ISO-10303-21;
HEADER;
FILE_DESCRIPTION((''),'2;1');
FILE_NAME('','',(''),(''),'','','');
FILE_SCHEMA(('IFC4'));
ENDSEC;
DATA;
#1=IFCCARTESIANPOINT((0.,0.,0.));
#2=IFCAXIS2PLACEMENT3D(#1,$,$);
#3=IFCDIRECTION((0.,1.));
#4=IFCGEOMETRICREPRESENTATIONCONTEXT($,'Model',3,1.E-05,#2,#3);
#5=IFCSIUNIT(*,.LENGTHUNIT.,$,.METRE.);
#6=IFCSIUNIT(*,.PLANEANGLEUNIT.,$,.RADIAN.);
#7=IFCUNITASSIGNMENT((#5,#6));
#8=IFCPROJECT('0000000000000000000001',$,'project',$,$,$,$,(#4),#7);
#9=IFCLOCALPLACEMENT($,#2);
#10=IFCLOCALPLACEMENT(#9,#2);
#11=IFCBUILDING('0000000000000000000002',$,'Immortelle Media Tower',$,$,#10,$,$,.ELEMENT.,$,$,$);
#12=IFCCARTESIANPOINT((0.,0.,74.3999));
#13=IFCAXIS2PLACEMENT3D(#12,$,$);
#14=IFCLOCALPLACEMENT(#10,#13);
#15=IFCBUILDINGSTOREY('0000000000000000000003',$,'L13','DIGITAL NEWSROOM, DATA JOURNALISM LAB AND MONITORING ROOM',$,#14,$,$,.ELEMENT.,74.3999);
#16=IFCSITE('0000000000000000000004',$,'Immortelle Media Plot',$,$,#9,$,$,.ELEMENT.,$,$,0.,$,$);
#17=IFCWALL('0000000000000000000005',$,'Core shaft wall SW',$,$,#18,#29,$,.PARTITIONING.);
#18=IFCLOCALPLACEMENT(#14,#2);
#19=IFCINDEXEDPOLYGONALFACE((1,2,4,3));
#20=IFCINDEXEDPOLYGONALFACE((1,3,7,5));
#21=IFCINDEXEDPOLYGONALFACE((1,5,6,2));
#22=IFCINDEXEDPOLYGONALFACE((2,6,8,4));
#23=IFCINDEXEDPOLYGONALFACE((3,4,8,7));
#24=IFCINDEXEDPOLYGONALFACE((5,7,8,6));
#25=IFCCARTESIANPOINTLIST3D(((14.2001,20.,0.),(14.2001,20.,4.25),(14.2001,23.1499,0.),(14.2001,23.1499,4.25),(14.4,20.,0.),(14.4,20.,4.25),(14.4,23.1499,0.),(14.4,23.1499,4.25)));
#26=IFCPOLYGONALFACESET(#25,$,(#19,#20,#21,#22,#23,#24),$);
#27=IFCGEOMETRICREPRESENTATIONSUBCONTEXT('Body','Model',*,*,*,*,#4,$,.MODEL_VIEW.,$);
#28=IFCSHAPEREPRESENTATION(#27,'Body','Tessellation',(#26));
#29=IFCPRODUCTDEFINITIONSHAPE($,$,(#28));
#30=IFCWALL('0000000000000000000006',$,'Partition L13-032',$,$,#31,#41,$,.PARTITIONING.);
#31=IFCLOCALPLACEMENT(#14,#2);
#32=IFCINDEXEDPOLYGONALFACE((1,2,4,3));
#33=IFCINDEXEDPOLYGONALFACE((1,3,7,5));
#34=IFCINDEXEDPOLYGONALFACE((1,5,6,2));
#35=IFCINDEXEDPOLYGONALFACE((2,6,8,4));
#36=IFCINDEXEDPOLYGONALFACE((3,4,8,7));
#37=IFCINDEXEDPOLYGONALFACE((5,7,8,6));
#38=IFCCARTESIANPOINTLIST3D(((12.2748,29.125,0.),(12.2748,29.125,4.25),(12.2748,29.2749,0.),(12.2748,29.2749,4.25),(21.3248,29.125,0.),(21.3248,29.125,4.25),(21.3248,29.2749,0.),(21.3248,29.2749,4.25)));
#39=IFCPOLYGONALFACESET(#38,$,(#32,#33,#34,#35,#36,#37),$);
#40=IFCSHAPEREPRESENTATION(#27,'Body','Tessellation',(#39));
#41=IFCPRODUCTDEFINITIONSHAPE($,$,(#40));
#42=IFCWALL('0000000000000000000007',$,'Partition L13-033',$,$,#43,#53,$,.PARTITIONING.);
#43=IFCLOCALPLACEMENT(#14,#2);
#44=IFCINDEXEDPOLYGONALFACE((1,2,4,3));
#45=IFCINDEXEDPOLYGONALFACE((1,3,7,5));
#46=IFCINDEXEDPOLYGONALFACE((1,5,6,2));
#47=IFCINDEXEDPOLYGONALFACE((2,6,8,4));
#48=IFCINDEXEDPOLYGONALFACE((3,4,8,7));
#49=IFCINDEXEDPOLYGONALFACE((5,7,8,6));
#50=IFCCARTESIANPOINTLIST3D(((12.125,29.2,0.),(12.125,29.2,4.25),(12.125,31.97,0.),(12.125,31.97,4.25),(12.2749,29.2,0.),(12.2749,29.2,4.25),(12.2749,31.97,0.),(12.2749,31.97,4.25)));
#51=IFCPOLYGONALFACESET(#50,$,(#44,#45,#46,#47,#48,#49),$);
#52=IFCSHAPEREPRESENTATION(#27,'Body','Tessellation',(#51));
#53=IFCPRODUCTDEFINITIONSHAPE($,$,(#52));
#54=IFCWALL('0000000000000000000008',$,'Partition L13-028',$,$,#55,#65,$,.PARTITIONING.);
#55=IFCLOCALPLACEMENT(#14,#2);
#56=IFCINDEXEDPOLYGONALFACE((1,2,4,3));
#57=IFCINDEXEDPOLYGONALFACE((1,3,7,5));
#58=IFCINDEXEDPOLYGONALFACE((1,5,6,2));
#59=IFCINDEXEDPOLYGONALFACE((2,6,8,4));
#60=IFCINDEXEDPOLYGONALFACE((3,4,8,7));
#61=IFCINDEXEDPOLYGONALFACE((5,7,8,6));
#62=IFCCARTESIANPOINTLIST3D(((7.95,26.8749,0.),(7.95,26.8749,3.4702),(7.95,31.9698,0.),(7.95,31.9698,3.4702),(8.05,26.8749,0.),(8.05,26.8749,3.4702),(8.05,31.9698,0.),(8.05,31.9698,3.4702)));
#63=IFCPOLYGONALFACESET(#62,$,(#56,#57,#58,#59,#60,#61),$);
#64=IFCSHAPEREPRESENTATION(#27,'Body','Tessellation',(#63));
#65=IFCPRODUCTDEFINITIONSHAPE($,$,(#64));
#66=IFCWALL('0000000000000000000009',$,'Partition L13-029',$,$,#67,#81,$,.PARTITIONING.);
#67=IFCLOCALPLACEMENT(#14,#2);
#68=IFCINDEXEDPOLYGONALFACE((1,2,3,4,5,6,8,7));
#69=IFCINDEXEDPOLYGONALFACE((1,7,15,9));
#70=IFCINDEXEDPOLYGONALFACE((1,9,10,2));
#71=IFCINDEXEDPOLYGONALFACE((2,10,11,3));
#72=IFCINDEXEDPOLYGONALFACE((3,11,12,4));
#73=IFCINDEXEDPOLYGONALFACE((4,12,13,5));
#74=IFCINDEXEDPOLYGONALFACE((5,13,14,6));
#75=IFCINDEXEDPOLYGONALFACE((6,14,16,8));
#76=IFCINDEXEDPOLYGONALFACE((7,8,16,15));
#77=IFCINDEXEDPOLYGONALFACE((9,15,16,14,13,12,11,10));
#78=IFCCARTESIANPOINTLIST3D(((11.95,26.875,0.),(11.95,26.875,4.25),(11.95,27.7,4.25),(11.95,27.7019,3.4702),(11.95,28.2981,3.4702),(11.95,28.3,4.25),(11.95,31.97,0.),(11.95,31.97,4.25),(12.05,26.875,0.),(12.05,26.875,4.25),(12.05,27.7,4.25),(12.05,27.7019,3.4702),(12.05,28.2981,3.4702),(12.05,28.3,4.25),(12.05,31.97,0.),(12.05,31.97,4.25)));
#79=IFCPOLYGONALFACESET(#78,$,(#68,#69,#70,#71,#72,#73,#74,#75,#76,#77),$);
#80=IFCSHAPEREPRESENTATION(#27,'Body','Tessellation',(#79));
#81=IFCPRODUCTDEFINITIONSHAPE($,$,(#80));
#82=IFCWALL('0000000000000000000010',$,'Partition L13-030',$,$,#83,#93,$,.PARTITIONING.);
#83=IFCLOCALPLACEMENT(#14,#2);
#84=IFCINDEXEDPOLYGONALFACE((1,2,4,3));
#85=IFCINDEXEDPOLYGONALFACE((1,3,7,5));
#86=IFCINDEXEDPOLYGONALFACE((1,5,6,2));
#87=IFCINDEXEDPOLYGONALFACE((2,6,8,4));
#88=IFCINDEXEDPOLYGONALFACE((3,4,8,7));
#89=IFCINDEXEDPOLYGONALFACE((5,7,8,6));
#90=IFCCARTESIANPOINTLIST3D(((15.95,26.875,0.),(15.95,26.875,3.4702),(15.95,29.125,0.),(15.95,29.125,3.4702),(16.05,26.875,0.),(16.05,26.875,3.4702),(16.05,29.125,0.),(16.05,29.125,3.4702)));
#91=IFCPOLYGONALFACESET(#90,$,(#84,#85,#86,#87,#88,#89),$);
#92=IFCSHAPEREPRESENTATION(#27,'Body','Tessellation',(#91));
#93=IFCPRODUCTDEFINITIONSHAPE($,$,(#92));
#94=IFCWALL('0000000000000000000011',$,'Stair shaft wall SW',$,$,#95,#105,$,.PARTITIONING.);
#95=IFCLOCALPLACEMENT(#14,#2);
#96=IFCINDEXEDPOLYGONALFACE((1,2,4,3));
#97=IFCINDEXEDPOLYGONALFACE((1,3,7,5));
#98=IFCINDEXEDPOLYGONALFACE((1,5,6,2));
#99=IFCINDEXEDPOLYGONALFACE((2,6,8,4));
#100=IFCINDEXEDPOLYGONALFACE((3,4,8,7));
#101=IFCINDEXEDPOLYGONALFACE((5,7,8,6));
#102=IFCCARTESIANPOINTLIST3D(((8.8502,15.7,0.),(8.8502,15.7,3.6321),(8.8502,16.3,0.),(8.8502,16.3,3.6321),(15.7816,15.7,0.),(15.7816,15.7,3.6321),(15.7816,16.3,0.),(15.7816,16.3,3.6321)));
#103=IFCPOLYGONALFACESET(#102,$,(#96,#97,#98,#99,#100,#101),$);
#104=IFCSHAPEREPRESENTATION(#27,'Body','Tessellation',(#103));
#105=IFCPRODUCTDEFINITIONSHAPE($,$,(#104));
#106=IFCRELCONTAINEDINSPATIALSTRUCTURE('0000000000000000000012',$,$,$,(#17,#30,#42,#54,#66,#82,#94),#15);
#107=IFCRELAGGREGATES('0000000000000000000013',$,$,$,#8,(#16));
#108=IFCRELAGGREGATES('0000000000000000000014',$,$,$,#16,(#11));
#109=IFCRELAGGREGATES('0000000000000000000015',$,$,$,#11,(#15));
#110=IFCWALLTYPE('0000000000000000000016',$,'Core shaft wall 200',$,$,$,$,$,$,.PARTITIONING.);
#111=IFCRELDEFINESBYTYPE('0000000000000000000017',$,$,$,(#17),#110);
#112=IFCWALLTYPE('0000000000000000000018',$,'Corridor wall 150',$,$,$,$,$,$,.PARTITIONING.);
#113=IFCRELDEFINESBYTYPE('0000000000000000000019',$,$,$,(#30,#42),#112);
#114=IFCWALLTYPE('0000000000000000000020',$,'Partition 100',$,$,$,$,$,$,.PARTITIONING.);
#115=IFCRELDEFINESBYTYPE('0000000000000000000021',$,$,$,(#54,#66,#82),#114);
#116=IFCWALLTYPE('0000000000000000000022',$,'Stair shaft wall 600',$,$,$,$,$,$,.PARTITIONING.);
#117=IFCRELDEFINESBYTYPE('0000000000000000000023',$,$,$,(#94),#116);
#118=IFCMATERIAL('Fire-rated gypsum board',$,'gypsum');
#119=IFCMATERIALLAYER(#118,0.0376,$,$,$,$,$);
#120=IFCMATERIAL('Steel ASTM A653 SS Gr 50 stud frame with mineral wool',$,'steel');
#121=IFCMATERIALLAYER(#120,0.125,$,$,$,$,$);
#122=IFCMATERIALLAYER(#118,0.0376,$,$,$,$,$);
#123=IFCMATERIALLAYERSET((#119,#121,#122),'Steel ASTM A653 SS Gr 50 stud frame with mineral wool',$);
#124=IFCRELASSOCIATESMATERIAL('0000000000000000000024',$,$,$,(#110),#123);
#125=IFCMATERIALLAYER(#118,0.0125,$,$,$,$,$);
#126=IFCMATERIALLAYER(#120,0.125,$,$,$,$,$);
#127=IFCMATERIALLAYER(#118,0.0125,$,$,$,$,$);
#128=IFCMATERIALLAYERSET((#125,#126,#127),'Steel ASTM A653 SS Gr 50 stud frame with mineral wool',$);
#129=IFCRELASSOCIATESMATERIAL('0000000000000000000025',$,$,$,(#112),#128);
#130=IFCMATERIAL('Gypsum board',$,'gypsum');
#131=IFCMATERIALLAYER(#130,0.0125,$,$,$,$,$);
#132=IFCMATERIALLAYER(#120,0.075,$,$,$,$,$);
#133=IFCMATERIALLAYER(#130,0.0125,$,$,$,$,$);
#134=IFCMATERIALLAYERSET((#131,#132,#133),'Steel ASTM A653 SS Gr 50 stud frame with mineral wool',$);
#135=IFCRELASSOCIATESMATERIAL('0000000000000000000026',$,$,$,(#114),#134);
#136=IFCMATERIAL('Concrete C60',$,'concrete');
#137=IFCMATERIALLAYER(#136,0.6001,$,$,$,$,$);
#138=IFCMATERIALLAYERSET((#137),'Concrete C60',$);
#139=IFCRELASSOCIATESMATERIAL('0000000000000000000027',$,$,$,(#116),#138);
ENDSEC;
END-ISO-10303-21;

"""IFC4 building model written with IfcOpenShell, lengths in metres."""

from ifc_helpers import new_model, si_unit, direction, frame, frame_2d, origin, place, context, subcontext, project, spatial, polyline, rectangle, outline, extrude, material, layer, layer_set, type_object, element, save


model = new_model("IFC4")

# Units and contexts
model_context = context("Model", 3, precision=1e-05, world=origin(), true_north=direction((0.0, 1.0)))
body_context = subcontext(model_context, "Body", "Model", "MODEL_VIEW")
ifc_project = project(units=[si_unit("LENGTHUNIT", "METRE"), si_unit("PLANEANGLEUNIT", "RADIAN")], contexts=[model_context])

# Site, building, storey
site_placement = place(None, origin())
site = spatial("IfcSite", under=ifc_project, at=site_placement, Name="Immortelle Media Plot", CompositionType="ELEMENT", RefElevation=0.0)
building_placement = place(site_placement, origin())
building = spatial("IfcBuilding", under=site, at=building_placement, Name="Immortelle Media Tower", CompositionType="ELEMENT")
storey_placement = place(building_placement, frame((0.0, 0.0, 74.3999)))
storey = spatial("IfcBuildingStorey", under=building, at=storey_placement, Name="L13", Description="DIGITAL NEWSROOM, DATA JOURNALISM LAB AND MONITORING ROOM", CompositionType="ELEMENT", Elevation=74.3999)

# Shared definitions
ifc_material_1 = material(Name="Fire-rated gypsum board", Category="gypsum")
ifc_material_2 = material(Name="Steel ASTM A653 SS Gr 50 stud frame with mineral wool", Category="steel")

# Shared definitions
ifc_layer_1 = layer(ifc_material_1, 0.0376)
ifc_layer_2 = layer(ifc_material_2, 0.125)
ifc_layer_3 = layer(ifc_material_1, 0.0376)
ifc_layer_set_1 = layer_set([ifc_layer_1, ifc_layer_2, ifc_layer_3], Name="Steel ASTM A653 SS Gr 50 stud frame with mineral wool")
wall_type_1 = type_object("IfcWallType", Name="Core shaft wall 200", PredefinedType="PARTITIONING", material=ifc_layer_set_1)

# Walls
for number, where, z_axis, x_axis, name in (
    (1, (14.3, 20.0, 0.0), (0.0, 0.0, 1.0), (0.0, 1.0, 0.0), "Core shaft wall SW"),
):
    element("IfcWall", number, at=place(storey_placement, frame(where, z_axis=z_axis, x_axis=x_axis)), inside=storey, type_object=wall_type_1, Name=name, PredefinedType="PARTITIONING", context=body_context, shape_type="SweptSolid", body=[
        extrude(rectangle(XDim=3.1499, YDim=0.2, at=frame_2d((1.575, 0.0))), origin(), (0.0, 0.0, 1.0), 4.25),
    ])
ifc_layer_4 = layer(ifc_material_1, 0.0125)
ifc_layer_5 = layer(ifc_material_2, 0.125)
ifc_layer_6 = layer(ifc_material_1, 0.0125)
ifc_layer_set_2 = layer_set([ifc_layer_4, ifc_layer_5, ifc_layer_6], Name="Steel ASTM A653 SS Gr 50 stud frame with mineral wool")
wall_type_2 = type_object("IfcWallType", Name="Corridor wall 150", PredefinedType="PARTITIONING", material=ifc_layer_set_2)
wall_1_placement = place(storey_placement, frame((12.2749, 29.2, 0.0), z_axis=(0.0, 0.0, 1.0), x_axis=(1.0, 0.0, 0.0)))
element("IfcWall", 2, at=wall_1_placement, inside=storey, type_object=wall_type_2, Name="Partition L13-032", PredefinedType="PARTITIONING", context=body_context, shape_type="SweptSolid", body=[
    extrude(rectangle(XDim=9.05, YDim=0.1499, at=frame_2d((4.5249, 0.0))), origin(), (0.0, 0.0, 1.0), 4.25),
])
wall_2_placement = place(storey_placement, frame((12.2, 29.2, 0.0), z_axis=(0.0, 0.0, 1.0), x_axis=(0.0, 1.0, 0.0)))
element("IfcWall", 3, at=wall_2_placement, inside=storey, type_object=wall_type_2, Name="Partition L13-033", PredefinedType="PARTITIONING", context=body_context, shape_type="SweptSolid", body=[
    extrude(rectangle(XDim=2.77, YDim=0.1499, at=frame_2d((1.385, 0.0))), origin(), (0.0, 0.0, 1.0), 4.25),
])
ifc_material_3 = material(Name="Gypsum board", Category="gypsum")
ifc_layer_7 = layer(ifc_material_3, 0.0125)
ifc_layer_8 = layer(ifc_material_2, 0.075)
ifc_layer_9 = layer(ifc_material_3, 0.0125)
ifc_layer_set_3 = layer_set([ifc_layer_7, ifc_layer_8, ifc_layer_9], Name="Steel ASTM A653 SS Gr 50 stud frame with mineral wool")
wall_type_3 = type_object("IfcWallType", Name="Partition 100", PredefinedType="PARTITIONING", material=ifc_layer_set_3)
wall_3_placement = place(storey_placement, frame((8.0, 26.875, 0.0), z_axis=(0.0, 0.0, 1.0), x_axis=(0.0, 1.0, 0.0)))
element("IfcWall", 4, at=wall_3_placement, inside=storey, type_object=wall_type_3, Name="Partition L13-028", PredefinedType="PARTITIONING", context=body_context, shape_type="SweptSolid", body=[
    extrude(rectangle(XDim=5.095, YDim=0.1001, at=frame_2d((2.5474, 0.0))), origin(), (0.0, 0.0, 1.0), 3.4702),
])
wall_4_placement = place(storey_placement, frame((12.0, 26.875, 0.0), z_axis=(0.0, 0.0, 1.0), x_axis=(0.0, 1.0, 0.0)))
element("IfcWall", 5, at=wall_4_placement, inside=storey, type_object=wall_type_3, Name="Partition L13-029", PredefinedType="PARTITIONING", context=body_context, shape_type="SweptSolid", body=[
    extrude(outline(polyline([(0.0, 0.0), (5.095, 0.0), (5.095, 4.25), (1.425, 4.25), (1.4231, 3.4702), (0.8269, 3.4702), (0.825, 4.25), (0.0, 4.25), (0.0, 0.0)])), frame((0.0, 0.05, 0.0), z_axis=(0.0, -1.0, 0.0), x_axis=(1.0, 0.0, 0.0)), (0.0, 0.0, 1.0), 0.1001),
])
wall_5_placement = place(storey_placement, frame((16.0, 26.875, 0.0), z_axis=(0.0, 0.0, 1.0), x_axis=(0.0, 1.0, 0.0)))
element("IfcWall", 6, at=wall_5_placement, inside=storey, type_object=wall_type_3, Name="Partition L13-030", PredefinedType="PARTITIONING", context=body_context, shape_type="SweptSolid", body=[
    extrude(rectangle(XDim=2.25, YDim=0.1001, at=frame_2d((1.125, 0.0))), origin(), (0.0, 0.0, 1.0), 3.4702),
])
ifc_material_4 = material(Name="Concrete C60", Category="concrete")
ifc_layer_10 = layer(ifc_material_4, 0.6001)
ifc_layer_set_4 = layer_set([ifc_layer_10], Name="Concrete C60")
wall_type_4 = type_object("IfcWallType", Name="Stair shaft wall 600", PredefinedType="PARTITIONING", material=ifc_layer_set_4)
wall_6_placement = place(storey_placement, frame((8.8501, 16.0, 0.0), z_axis=(0.0, 0.0, 1.0), x_axis=(1.0, 0.0, 0.0)))
element("IfcWall", 7, at=wall_6_placement, inside=storey, type_object=wall_type_4, Name="Stair shaft wall SW", PredefinedType="PARTITIONING", context=body_context, shape_type="SweptSolid", body=[
    extrude(rectangle(XDim=6.9314, YDim=0.6001, at=frame_2d((3.4658, 0.0))), origin(), (0.0, 0.0, 1.0), 3.6321),
])

save(model, "model.ifc")
